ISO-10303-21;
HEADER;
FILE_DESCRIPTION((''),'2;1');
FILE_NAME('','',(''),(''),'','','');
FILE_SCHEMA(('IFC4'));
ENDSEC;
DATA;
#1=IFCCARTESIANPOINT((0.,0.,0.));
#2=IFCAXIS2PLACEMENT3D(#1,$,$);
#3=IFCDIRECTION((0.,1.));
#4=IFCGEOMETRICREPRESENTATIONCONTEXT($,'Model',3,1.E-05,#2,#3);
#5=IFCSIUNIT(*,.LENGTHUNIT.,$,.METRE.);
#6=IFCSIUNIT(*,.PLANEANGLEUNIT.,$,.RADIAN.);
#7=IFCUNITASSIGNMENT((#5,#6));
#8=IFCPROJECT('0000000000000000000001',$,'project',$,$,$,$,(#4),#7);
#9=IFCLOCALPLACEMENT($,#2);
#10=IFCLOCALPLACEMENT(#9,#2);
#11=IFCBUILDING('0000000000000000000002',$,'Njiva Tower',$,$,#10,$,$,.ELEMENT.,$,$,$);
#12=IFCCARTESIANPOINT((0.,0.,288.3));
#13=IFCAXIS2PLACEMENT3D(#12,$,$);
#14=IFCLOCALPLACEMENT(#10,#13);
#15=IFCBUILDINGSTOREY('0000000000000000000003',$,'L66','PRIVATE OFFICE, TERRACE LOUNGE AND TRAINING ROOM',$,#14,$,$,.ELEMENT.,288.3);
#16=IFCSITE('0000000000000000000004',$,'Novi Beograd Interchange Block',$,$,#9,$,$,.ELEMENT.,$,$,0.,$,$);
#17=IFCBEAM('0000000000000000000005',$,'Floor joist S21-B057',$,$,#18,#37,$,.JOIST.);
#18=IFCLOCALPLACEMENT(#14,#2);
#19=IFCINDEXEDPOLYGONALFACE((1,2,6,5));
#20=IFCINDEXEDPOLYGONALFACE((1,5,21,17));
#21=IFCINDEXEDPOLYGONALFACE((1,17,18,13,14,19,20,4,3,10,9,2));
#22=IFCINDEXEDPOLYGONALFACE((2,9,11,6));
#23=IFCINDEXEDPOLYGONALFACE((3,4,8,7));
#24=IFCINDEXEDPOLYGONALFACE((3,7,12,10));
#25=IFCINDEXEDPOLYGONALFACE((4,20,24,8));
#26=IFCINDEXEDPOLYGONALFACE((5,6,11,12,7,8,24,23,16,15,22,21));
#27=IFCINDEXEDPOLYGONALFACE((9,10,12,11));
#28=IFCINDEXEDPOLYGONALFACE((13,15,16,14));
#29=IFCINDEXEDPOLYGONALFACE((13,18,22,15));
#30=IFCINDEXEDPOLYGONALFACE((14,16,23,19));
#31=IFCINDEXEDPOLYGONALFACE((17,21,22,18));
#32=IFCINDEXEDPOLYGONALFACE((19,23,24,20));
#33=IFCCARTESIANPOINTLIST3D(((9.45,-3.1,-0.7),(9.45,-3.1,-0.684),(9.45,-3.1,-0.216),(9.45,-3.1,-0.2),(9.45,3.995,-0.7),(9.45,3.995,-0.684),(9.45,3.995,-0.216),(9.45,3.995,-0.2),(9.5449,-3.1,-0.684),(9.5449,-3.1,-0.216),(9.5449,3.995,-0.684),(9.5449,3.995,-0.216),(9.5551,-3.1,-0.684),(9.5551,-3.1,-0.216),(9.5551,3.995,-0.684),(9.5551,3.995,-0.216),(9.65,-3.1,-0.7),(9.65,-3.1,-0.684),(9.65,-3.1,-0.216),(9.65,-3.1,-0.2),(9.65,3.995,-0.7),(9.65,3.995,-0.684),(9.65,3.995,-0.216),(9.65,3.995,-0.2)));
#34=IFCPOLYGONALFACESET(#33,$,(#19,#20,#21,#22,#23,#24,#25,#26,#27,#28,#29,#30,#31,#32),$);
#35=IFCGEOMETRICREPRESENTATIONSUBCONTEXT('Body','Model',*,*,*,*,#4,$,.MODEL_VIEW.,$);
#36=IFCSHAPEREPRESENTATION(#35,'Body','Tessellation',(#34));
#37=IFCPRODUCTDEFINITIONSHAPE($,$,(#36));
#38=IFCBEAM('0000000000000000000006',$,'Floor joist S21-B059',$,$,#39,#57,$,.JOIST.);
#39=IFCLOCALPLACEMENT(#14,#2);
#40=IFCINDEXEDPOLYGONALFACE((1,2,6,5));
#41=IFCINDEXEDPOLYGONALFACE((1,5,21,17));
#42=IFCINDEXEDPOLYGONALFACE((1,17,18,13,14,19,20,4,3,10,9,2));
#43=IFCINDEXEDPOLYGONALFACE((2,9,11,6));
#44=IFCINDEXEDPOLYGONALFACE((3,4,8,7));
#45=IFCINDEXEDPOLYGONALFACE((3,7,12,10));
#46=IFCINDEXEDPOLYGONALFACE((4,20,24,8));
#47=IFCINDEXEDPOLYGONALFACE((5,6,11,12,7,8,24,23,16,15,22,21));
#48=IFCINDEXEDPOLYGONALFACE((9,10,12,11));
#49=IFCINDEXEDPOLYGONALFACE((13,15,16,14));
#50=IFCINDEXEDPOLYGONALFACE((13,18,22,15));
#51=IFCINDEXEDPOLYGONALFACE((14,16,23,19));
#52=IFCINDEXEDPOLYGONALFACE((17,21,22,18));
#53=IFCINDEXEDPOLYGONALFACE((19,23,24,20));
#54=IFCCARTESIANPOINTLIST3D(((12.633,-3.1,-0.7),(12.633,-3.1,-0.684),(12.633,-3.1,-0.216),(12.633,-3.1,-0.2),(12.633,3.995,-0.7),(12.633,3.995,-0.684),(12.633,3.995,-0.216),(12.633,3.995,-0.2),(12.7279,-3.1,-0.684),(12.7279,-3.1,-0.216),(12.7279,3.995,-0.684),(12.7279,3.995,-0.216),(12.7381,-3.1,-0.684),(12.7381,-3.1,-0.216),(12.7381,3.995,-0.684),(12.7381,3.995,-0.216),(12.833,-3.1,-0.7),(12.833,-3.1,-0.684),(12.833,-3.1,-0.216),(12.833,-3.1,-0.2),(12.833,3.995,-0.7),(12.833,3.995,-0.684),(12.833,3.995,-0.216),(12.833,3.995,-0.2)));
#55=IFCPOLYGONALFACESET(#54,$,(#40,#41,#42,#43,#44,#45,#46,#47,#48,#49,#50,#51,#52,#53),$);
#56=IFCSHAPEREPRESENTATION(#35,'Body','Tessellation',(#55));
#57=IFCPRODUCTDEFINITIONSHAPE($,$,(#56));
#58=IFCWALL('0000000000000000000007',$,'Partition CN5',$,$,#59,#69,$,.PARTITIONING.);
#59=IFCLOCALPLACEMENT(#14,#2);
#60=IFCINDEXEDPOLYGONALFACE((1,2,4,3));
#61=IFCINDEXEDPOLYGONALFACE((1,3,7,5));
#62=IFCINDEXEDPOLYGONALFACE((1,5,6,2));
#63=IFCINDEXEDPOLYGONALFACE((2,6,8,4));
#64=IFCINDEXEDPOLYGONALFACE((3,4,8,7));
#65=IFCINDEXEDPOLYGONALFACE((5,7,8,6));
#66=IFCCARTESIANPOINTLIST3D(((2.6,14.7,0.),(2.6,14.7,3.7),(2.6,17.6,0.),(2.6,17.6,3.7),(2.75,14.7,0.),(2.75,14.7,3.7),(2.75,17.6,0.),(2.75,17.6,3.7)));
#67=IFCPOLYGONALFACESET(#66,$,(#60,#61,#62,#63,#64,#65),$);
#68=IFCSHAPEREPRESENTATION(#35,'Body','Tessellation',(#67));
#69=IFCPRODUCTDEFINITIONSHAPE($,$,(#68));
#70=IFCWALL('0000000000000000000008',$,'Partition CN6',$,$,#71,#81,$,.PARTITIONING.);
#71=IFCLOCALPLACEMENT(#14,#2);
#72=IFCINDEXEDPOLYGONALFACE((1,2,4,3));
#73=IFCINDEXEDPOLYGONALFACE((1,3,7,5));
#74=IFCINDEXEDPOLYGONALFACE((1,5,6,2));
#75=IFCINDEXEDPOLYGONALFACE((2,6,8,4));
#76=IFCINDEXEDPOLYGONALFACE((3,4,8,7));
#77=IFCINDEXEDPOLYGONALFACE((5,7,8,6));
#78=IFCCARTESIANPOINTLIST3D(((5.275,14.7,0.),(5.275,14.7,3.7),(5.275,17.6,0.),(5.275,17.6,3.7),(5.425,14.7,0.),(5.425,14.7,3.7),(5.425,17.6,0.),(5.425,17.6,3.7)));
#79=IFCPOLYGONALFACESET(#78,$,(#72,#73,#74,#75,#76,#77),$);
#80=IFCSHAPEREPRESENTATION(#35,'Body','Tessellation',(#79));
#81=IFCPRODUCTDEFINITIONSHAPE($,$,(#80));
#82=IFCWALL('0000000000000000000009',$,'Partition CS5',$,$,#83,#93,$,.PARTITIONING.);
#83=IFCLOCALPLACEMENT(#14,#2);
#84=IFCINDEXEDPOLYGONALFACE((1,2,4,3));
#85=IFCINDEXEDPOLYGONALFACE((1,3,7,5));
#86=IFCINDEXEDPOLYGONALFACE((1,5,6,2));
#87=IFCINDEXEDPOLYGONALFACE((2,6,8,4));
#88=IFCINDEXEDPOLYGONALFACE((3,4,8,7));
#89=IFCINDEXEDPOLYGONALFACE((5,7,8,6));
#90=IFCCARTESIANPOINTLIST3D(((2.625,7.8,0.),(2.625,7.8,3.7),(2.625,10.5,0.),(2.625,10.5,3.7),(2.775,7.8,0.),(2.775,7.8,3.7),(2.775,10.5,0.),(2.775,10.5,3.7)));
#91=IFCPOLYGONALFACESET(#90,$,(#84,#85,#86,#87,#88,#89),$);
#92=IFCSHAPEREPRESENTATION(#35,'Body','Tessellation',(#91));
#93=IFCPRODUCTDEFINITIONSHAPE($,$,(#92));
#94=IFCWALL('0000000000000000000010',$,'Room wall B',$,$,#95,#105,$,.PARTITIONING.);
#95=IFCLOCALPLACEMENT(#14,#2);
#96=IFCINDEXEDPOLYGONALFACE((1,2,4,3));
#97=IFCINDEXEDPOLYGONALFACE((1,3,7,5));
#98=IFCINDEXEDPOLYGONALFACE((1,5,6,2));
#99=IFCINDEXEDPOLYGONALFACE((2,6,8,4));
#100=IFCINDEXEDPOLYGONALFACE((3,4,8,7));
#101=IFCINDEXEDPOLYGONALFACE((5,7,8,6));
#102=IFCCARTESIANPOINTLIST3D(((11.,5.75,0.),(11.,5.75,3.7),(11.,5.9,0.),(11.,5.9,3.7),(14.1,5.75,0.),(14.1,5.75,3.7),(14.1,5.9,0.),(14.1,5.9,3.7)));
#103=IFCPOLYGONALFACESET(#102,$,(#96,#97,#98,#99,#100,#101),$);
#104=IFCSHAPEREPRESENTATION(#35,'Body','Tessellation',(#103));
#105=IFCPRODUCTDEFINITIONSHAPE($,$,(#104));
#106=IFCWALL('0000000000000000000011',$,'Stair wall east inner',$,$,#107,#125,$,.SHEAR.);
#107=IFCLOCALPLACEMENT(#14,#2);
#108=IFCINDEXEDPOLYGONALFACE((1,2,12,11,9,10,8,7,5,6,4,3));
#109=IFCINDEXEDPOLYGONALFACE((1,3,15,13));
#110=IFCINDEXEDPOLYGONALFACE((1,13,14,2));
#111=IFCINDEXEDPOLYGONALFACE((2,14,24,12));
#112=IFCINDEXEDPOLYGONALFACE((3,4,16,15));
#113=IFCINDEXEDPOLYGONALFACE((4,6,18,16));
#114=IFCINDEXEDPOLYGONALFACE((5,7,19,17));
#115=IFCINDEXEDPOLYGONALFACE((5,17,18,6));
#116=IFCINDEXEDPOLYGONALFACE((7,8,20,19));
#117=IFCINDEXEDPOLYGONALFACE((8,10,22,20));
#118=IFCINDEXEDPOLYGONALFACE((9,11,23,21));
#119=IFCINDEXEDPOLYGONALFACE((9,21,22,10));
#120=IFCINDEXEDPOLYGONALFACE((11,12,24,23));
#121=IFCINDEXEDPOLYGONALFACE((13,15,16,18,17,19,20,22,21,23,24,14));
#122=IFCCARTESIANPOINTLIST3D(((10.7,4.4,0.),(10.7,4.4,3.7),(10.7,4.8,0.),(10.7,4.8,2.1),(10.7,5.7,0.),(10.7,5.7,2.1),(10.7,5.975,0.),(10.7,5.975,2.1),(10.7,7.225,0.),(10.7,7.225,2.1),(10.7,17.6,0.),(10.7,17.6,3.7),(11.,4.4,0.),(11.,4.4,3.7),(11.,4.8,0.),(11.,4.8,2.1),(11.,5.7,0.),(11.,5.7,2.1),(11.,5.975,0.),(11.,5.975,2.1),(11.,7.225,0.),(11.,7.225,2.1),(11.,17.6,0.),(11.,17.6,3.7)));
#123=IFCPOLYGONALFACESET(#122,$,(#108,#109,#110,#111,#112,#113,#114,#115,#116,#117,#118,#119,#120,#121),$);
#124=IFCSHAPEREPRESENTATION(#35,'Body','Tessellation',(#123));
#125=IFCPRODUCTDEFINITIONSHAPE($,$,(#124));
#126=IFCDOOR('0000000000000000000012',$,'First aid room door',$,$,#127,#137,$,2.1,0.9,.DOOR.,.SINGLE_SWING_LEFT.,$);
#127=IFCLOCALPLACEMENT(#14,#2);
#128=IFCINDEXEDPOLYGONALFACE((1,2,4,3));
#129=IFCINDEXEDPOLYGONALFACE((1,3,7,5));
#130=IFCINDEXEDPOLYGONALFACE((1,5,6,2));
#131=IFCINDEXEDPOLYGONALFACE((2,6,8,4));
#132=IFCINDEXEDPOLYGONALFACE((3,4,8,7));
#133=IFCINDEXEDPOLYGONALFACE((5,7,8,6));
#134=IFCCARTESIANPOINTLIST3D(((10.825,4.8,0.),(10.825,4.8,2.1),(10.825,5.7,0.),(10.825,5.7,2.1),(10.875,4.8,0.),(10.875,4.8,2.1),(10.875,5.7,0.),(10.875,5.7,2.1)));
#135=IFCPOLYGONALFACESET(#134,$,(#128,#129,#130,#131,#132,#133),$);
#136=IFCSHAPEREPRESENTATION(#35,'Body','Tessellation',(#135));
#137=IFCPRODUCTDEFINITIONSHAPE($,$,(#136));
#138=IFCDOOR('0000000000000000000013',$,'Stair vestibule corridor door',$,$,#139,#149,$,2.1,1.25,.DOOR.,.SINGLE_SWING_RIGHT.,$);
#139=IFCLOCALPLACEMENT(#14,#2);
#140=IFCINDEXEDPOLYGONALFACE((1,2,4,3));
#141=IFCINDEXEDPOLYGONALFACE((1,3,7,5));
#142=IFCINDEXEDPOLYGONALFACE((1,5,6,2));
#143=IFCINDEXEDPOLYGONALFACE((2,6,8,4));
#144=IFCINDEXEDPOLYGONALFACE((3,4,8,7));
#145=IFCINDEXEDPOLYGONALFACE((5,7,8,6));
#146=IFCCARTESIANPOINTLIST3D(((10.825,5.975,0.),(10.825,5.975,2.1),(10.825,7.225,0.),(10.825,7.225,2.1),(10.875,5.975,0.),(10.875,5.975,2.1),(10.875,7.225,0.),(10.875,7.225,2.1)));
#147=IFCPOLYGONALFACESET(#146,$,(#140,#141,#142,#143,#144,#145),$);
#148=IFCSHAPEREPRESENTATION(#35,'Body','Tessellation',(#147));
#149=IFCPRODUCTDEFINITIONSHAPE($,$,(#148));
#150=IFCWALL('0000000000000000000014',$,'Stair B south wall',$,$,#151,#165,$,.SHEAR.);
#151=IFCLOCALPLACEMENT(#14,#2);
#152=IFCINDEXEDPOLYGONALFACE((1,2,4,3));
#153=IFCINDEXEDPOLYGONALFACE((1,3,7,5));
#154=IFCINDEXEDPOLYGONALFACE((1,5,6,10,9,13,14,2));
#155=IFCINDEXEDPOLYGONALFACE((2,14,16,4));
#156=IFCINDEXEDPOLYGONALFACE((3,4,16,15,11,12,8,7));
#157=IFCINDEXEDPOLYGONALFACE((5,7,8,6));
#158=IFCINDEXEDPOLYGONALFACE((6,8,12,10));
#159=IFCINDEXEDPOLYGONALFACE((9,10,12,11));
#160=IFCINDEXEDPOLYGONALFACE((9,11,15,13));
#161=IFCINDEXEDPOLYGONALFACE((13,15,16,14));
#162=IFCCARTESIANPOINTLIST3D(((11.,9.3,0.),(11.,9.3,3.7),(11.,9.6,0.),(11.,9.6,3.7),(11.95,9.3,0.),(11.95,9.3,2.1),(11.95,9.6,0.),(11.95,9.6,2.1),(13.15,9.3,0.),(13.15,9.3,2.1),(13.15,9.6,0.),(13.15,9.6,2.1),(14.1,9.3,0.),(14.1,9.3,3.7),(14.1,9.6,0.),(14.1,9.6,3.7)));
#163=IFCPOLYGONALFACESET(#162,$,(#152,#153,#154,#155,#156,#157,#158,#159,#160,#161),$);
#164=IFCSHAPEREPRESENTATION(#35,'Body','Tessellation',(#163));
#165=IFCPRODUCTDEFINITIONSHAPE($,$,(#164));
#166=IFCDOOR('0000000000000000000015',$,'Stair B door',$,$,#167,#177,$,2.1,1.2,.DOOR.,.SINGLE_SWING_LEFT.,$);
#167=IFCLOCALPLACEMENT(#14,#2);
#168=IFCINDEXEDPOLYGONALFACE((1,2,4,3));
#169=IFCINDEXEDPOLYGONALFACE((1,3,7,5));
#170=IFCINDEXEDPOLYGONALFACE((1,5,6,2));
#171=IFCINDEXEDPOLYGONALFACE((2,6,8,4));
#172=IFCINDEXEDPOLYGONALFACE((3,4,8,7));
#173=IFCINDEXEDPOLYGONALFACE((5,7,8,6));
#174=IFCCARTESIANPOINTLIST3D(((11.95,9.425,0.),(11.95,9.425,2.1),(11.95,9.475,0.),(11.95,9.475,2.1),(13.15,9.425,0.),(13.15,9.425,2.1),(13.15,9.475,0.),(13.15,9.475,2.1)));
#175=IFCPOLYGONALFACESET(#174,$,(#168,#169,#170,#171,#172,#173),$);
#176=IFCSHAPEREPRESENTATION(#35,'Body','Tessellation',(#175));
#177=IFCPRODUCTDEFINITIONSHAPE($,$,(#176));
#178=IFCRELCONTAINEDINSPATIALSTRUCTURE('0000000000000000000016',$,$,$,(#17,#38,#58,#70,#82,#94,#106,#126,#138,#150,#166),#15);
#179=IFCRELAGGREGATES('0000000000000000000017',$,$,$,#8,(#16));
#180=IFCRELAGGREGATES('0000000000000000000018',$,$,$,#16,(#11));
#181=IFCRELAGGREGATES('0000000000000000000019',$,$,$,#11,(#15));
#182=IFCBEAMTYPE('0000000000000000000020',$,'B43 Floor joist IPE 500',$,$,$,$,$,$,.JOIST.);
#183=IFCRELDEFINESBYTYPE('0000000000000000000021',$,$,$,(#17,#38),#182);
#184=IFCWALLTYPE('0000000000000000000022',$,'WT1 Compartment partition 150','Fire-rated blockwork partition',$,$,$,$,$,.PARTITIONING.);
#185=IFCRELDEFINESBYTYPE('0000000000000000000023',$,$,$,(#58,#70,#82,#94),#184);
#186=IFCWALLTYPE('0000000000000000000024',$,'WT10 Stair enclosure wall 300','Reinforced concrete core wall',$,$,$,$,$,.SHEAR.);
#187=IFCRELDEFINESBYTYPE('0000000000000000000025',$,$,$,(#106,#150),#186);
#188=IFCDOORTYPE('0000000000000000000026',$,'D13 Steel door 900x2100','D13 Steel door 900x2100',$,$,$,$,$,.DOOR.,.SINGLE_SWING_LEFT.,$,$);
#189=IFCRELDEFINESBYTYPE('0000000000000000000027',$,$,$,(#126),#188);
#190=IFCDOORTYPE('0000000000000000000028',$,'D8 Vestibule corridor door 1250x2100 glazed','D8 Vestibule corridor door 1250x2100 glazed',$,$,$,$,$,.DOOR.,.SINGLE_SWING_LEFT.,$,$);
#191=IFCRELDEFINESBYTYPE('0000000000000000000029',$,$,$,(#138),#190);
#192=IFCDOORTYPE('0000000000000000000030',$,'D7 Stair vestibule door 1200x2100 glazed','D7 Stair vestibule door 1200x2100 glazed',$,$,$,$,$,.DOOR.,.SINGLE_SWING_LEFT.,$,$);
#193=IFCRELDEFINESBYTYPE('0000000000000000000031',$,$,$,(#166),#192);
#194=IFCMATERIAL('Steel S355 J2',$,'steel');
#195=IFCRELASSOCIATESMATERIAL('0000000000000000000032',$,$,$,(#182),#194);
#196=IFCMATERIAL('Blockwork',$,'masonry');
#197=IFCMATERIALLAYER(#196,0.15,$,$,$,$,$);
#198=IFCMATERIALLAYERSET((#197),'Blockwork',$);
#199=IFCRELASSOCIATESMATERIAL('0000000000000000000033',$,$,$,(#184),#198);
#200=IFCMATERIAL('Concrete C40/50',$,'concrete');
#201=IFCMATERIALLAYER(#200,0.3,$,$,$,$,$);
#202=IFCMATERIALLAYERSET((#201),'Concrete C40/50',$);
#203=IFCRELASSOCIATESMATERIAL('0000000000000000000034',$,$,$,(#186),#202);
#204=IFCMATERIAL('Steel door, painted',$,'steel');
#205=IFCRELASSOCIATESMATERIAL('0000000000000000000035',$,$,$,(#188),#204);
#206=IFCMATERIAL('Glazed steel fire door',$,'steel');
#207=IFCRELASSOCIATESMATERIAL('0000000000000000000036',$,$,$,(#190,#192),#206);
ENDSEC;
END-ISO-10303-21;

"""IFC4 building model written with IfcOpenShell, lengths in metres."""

from ifc_helpers import new_model, si_unit, direction, frame, frame_2d, origin, origin_2d, place, context, subcontext, project, spatial, rectangle, i_section, extrude, material, layer, layer_set, material_profile, profile_set, type_object, element, fill, save


model = new_model("IFC4")

# Units and contexts
model_context = context("Model", 3, precision=1e-05, world=origin(), true_north=direction((0.0, 1.0)))
body_context = subcontext(model_context, "Body", "Model", "MODEL_VIEW")
ifc_project = project(units=[si_unit("LENGTHUNIT", "METRE"), si_unit("PLANEANGLEUNIT", "RADIAN")], contexts=[model_context])

# Site, building, storey
site_placement = place(None, origin())
site = spatial("IfcSite", under=ifc_project, at=site_placement, Name="Novi Beograd Interchange Block", CompositionType="ELEMENT", RefElevation=0.0)
building_placement = place(site_placement, origin())
building = spatial("IfcBuilding", under=site, at=building_placement, Name="Njiva Tower", CompositionType="ELEMENT")
storey_placement = place(building_placement, frame((0.0, 0.0, 288.3)))
storey = spatial("IfcBuildingStorey", under=building, at=storey_placement, Name="L66", Description="PRIVATE OFFICE, TERRACE LOUNGE AND TRAINING ROOM", CompositionType="ELEMENT", Elevation=288.3)

# Shared definitions
ifc_material_1 = material(Name="Steel S355 J2", Category="steel")

# Beams
ifc_material_profile_1 = material_profile(ifc_material_1, i_section(OverallWidth=0.2, OverallDepth=0.5, WebThickness=0.0102, FlangeThickness=0.016, at=origin_2d()), Name="IPE 500")
ifc_profile_set_1 = profile_set([ifc_material_profile_1], Name="Steel S355 J2")
beam_type_1 = type_object("IfcBeamType", Name="B43 Floor joist IPE 500", PredefinedType="JOIST", material=ifc_profile_set_1)
for number, where, z_axis, x_axis, name in (
    (1, (9.55, 3.995, -0.45), (0.0, -1.0, 0.0), (1.0, 0.0, 0.0), "Floor joist S21-B057"),
    (2, (12.733, 3.995, -0.45), (0.0, -1.0, 0.0), (1.0, 0.0, 0.0), "Floor joist S21-B059"),
):
    element("IfcBeam", number, at=place(storey_placement, frame(where, z_axis=z_axis, x_axis=x_axis)), inside=storey, type_object=beam_type_1, Name=name, PredefinedType="JOIST", context=body_context, shape_type="SweptSolid", body=[
        extrude(i_section(OverallWidth=0.2, OverallDepth=0.5, WebThickness=0.0102, FlangeThickness=0.016, at=origin_2d()), origin(), (0.0, 0.0, 1.0), 7.095),
    ])

# Walls
ifc_material_2 = material(Name="Blockwork", Category="masonry")
ifc_layer_1 = layer(ifc_material_2, 0.15)
ifc_layer_set_1 = layer_set([ifc_layer_1], Name="Blockwork")
wall_type_1 = type_object("IfcWallType", Name="WT1 Compartment partition 150", Description="Fire-rated blockwork partition", PredefinedType="PARTITIONING", material=ifc_layer_set_1)
for number, where, z_axis, x_axis, name in (
    (3, (2.675, 14.7, 0.0), (0.0, 0.0, 1.0), (0.0, 1.0, 0.0), "Partition CN5"),
    (4, (5.35, 14.7, 0.0), (0.0, 0.0, 1.0), (0.0, 1.0, 0.0), "Partition CN6"),
):
    element("IfcWall", number, at=place(storey_placement, frame(where, z_axis=z_axis, x_axis=x_axis)), inside=storey, type_object=wall_type_1, Name=name, PredefinedType="PARTITIONING", context=body_context, shape_type="SweptSolid", body=[
        extrude(rectangle(XDim=2.9, YDim=0.15, at=frame_2d((1.45, 0.0))), origin(), (0.0, 0.0, 1.0), 3.7),
    ])
wall_1_placement = place(storey_placement, frame((2.7, 7.8, 0.0), z_axis=(0.0, 0.0, 1.0), x_axis=(0.0, 1.0, 0.0)))
element("IfcWall", 5, at=wall_1_placement, inside=storey, type_object=wall_type_1, Name="Partition CS5", PredefinedType="PARTITIONING", context=body_context, shape_type="SweptSolid", body=[
    extrude(rectangle(XDim=2.7, YDim=0.15, at=frame_2d((1.35, 0.0))), origin(), (0.0, 0.0, 1.0), 3.7),
])
wall_2_placement = place(storey_placement, frame((11.0, 5.825, 0.0), z_axis=(0.0, 0.0, 1.0), x_axis=(1.0, 0.0, 0.0)))
element("IfcWall", 6, at=wall_2_placement, inside=storey, type_object=wall_type_1, Name="Room wall B", PredefinedType="PARTITIONING", context=body_context, shape_type="SweptSolid", body=[
    extrude(rectangle(XDim=3.1, YDim=0.15, at=frame_2d((1.55, 0.0))), origin(), (0.0, 0.0, 1.0), 3.7),
])

# Wall, openings, doors
ifc_material_3 = material(Name="Concrete C40/50", Category="concrete")
ifc_layer_2 = layer(ifc_material_3, 0.3)
ifc_layer_set_2 = layer_set([ifc_layer_2], Name="Concrete C40/50")
wall_type_2 = type_object("IfcWallType", Name="WT10 Stair enclosure wall 300", Description="Reinforced concrete core wall", PredefinedType="SHEAR", material=ifc_layer_set_2)
wall_3_placement = place(storey_placement, frame((10.85, 4.4, 0.0), z_axis=(0.0, 0.0, 1.0), x_axis=(0.0, 1.0, 0.0)))
wall_3 = element("IfcWall", 7, at=wall_3_placement, inside=storey, type_object=wall_type_2, Name="Stair wall east inner", PredefinedType="SHEAR", context=body_context, shape_type="SweptSolid", body=[
    extrude(rectangle(XDim=13.2, YDim=0.3, at=frame_2d((6.6, 0.0))), origin(), (0.0, 0.0, 1.0), 3.7),
])
opening_1_placement = place(wall_3_placement, frame((1.575, 0.0, 0.0)))
opening_1 = element("IfcOpeningElement", 8, at=opening_1_placement, cuts=wall_3, PredefinedType="OPENING", context=body_context, shape_type="SweptSolid", body=[
    extrude(rectangle(XDim=1.25, YDim=2.1, at=frame_2d((0.625, 1.05))), frame((0.0, 0.16, 0.0), z_axis=(0.0, -1.0, 0.0), x_axis=(1.0, 0.0, 0.0)), (0.0, 0.0, 1.0), 0.32),
])
opening_2_placement = place(wall_3_placement, frame((0.4, 0.0, 0.0)))
opening_2 = element("IfcOpeningElement", 9, at=opening_2_placement, cuts=wall_3, PredefinedType="OPENING", context=body_context, shape_type="SweptSolid", body=[
    extrude(rectangle(XDim=0.9, YDim=2.1, at=frame_2d((0.45, 1.05))), frame((0.0, 0.16, 0.0), z_axis=(0.0, -1.0, 0.0), x_axis=(1.0, 0.0, 0.0)), (0.0, 0.0, 1.0), 0.32),
])
ifc_material_4 = material(Name="Steel door, painted", Category="steel")
door_type_1 = type_object("IfcDoorType", Name="D13 Steel door 900x2100", Description="D13 Steel door 900x2100", OperationType="SINGLE_SWING_LEFT", PredefinedType="DOOR", material=ifc_material_4)
door_1_placement = place(opening_2_placement, origin())
door_1 = element("IfcDoor", 10, at=door_1_placement, inside=storey, type_object=door_type_1, Name="First aid room door", OperationType="SINGLE_SWING_LEFT", OverallHeight=2.1, OverallWidth=0.9, PredefinedType="DOOR", context=body_context, shape_type="SweptSolid", body=[
    extrude(rectangle(XDim=0.9, YDim=2.1, at=frame_2d((0.45, 1.05))), frame((0.0, 0.025, 0.0), z_axis=(0.0, -1.0, 0.0), x_axis=(1.0, 0.0, 0.0)), (0.0, 0.0, 1.0), 0.05),
])
fill(opening_2, door_1)
ifc_material_5 = material(Name="Glazed steel fire door", Category="steel")
door_type_2 = type_object("IfcDoorType", Name="D8 Vestibule corridor door 1250x2100 glazed", Description="D8 Vestibule corridor door 1250x2100 glazed", OperationType="SINGLE_SWING_LEFT", PredefinedType="DOOR", material=ifc_material_5)
door_2_placement = place(opening_1_placement, origin())
door_2 = element("IfcDoor", 11, at=door_2_placement, inside=storey, type_object=door_type_2, Name="Stair vestibule corridor door", OperationType="SINGLE_SWING_RIGHT", OverallHeight=2.1, OverallWidth=1.25, PredefinedType="DOOR", context=body_context, shape_type="SweptSolid", body=[
    extrude(rectangle(XDim=1.25, YDim=2.1, at=frame_2d((0.625, 1.05))), frame((0.0, 0.025, 0.0), z_axis=(0.0, -1.0, 0.0), x_axis=(1.0, 0.0, 0.0)), (0.0, 0.0, 1.0), 0.05),
])
fill(opening_1, door_2)

# Wall, opening, door
wall_4_placement = place(storey_placement, frame((11.0, 9.45, 0.0), z_axis=(0.0, 0.0, 1.0), x_axis=(1.0, 0.0, 0.0)))
wall_4 = element("IfcWall", 12, at=wall_4_placement, inside=storey, type_object=wall_type_2, Name="Stair B south wall", PredefinedType="SHEAR", context=body_context, shape_type="SweptSolid", body=[
    extrude(rectangle(XDim=3.1, YDim=0.3, at=frame_2d((1.55, 0.0))), origin(), (0.0, 0.0, 1.0), 3.7),
])
opening_3_placement = place(wall_4_placement, frame((0.95, 0.0, 0.0)))
opening_3 = element("IfcOpeningElement", 13, at=opening_3_placement, cuts=wall_4, PredefinedType="OPENING", context=body_context, shape_type="SweptSolid", body=[
    extrude(rectangle(XDim=1.2, YDim=2.1, at=frame_2d((0.6, 1.05))), frame((0.0, 0.16, 0.0), z_axis=(0.0, -1.0, 0.0), x_axis=(1.0, 0.0, 0.0)), (0.0, 0.0, 1.0), 0.32),
])
door_type_3 = type_object("IfcDoorType", Name="D7 Stair vestibule door 1200x2100 glazed", Description="D7 Stair vestibule door 1200x2100 glazed", OperationType="SINGLE_SWING_LEFT", PredefinedType="DOOR", material=ifc_material_5)
door_3_placement = place(opening_3_placement, origin())
door_3 = element("IfcDoor", 14, at=door_3_placement, inside=storey, type_object=door_type_3, Name="Stair B door", OperationType="SINGLE_SWING_LEFT", OverallHeight=2.1, OverallWidth=1.2, PredefinedType="DOOR", context=body_context, shape_type="SweptSolid", body=[
    extrude(rectangle(XDim=1.2, YDim=2.1, at=frame_2d((0.6, 1.05))), frame((0.0, 0.025, 0.0), z_axis=(0.0, -1.0, 0.0), x_axis=(1.0, 0.0, 0.0)), (0.0, 0.0, 1.0), 0.05),
])
fill(opening_3, door_3)

save(model, "model.ifc")
